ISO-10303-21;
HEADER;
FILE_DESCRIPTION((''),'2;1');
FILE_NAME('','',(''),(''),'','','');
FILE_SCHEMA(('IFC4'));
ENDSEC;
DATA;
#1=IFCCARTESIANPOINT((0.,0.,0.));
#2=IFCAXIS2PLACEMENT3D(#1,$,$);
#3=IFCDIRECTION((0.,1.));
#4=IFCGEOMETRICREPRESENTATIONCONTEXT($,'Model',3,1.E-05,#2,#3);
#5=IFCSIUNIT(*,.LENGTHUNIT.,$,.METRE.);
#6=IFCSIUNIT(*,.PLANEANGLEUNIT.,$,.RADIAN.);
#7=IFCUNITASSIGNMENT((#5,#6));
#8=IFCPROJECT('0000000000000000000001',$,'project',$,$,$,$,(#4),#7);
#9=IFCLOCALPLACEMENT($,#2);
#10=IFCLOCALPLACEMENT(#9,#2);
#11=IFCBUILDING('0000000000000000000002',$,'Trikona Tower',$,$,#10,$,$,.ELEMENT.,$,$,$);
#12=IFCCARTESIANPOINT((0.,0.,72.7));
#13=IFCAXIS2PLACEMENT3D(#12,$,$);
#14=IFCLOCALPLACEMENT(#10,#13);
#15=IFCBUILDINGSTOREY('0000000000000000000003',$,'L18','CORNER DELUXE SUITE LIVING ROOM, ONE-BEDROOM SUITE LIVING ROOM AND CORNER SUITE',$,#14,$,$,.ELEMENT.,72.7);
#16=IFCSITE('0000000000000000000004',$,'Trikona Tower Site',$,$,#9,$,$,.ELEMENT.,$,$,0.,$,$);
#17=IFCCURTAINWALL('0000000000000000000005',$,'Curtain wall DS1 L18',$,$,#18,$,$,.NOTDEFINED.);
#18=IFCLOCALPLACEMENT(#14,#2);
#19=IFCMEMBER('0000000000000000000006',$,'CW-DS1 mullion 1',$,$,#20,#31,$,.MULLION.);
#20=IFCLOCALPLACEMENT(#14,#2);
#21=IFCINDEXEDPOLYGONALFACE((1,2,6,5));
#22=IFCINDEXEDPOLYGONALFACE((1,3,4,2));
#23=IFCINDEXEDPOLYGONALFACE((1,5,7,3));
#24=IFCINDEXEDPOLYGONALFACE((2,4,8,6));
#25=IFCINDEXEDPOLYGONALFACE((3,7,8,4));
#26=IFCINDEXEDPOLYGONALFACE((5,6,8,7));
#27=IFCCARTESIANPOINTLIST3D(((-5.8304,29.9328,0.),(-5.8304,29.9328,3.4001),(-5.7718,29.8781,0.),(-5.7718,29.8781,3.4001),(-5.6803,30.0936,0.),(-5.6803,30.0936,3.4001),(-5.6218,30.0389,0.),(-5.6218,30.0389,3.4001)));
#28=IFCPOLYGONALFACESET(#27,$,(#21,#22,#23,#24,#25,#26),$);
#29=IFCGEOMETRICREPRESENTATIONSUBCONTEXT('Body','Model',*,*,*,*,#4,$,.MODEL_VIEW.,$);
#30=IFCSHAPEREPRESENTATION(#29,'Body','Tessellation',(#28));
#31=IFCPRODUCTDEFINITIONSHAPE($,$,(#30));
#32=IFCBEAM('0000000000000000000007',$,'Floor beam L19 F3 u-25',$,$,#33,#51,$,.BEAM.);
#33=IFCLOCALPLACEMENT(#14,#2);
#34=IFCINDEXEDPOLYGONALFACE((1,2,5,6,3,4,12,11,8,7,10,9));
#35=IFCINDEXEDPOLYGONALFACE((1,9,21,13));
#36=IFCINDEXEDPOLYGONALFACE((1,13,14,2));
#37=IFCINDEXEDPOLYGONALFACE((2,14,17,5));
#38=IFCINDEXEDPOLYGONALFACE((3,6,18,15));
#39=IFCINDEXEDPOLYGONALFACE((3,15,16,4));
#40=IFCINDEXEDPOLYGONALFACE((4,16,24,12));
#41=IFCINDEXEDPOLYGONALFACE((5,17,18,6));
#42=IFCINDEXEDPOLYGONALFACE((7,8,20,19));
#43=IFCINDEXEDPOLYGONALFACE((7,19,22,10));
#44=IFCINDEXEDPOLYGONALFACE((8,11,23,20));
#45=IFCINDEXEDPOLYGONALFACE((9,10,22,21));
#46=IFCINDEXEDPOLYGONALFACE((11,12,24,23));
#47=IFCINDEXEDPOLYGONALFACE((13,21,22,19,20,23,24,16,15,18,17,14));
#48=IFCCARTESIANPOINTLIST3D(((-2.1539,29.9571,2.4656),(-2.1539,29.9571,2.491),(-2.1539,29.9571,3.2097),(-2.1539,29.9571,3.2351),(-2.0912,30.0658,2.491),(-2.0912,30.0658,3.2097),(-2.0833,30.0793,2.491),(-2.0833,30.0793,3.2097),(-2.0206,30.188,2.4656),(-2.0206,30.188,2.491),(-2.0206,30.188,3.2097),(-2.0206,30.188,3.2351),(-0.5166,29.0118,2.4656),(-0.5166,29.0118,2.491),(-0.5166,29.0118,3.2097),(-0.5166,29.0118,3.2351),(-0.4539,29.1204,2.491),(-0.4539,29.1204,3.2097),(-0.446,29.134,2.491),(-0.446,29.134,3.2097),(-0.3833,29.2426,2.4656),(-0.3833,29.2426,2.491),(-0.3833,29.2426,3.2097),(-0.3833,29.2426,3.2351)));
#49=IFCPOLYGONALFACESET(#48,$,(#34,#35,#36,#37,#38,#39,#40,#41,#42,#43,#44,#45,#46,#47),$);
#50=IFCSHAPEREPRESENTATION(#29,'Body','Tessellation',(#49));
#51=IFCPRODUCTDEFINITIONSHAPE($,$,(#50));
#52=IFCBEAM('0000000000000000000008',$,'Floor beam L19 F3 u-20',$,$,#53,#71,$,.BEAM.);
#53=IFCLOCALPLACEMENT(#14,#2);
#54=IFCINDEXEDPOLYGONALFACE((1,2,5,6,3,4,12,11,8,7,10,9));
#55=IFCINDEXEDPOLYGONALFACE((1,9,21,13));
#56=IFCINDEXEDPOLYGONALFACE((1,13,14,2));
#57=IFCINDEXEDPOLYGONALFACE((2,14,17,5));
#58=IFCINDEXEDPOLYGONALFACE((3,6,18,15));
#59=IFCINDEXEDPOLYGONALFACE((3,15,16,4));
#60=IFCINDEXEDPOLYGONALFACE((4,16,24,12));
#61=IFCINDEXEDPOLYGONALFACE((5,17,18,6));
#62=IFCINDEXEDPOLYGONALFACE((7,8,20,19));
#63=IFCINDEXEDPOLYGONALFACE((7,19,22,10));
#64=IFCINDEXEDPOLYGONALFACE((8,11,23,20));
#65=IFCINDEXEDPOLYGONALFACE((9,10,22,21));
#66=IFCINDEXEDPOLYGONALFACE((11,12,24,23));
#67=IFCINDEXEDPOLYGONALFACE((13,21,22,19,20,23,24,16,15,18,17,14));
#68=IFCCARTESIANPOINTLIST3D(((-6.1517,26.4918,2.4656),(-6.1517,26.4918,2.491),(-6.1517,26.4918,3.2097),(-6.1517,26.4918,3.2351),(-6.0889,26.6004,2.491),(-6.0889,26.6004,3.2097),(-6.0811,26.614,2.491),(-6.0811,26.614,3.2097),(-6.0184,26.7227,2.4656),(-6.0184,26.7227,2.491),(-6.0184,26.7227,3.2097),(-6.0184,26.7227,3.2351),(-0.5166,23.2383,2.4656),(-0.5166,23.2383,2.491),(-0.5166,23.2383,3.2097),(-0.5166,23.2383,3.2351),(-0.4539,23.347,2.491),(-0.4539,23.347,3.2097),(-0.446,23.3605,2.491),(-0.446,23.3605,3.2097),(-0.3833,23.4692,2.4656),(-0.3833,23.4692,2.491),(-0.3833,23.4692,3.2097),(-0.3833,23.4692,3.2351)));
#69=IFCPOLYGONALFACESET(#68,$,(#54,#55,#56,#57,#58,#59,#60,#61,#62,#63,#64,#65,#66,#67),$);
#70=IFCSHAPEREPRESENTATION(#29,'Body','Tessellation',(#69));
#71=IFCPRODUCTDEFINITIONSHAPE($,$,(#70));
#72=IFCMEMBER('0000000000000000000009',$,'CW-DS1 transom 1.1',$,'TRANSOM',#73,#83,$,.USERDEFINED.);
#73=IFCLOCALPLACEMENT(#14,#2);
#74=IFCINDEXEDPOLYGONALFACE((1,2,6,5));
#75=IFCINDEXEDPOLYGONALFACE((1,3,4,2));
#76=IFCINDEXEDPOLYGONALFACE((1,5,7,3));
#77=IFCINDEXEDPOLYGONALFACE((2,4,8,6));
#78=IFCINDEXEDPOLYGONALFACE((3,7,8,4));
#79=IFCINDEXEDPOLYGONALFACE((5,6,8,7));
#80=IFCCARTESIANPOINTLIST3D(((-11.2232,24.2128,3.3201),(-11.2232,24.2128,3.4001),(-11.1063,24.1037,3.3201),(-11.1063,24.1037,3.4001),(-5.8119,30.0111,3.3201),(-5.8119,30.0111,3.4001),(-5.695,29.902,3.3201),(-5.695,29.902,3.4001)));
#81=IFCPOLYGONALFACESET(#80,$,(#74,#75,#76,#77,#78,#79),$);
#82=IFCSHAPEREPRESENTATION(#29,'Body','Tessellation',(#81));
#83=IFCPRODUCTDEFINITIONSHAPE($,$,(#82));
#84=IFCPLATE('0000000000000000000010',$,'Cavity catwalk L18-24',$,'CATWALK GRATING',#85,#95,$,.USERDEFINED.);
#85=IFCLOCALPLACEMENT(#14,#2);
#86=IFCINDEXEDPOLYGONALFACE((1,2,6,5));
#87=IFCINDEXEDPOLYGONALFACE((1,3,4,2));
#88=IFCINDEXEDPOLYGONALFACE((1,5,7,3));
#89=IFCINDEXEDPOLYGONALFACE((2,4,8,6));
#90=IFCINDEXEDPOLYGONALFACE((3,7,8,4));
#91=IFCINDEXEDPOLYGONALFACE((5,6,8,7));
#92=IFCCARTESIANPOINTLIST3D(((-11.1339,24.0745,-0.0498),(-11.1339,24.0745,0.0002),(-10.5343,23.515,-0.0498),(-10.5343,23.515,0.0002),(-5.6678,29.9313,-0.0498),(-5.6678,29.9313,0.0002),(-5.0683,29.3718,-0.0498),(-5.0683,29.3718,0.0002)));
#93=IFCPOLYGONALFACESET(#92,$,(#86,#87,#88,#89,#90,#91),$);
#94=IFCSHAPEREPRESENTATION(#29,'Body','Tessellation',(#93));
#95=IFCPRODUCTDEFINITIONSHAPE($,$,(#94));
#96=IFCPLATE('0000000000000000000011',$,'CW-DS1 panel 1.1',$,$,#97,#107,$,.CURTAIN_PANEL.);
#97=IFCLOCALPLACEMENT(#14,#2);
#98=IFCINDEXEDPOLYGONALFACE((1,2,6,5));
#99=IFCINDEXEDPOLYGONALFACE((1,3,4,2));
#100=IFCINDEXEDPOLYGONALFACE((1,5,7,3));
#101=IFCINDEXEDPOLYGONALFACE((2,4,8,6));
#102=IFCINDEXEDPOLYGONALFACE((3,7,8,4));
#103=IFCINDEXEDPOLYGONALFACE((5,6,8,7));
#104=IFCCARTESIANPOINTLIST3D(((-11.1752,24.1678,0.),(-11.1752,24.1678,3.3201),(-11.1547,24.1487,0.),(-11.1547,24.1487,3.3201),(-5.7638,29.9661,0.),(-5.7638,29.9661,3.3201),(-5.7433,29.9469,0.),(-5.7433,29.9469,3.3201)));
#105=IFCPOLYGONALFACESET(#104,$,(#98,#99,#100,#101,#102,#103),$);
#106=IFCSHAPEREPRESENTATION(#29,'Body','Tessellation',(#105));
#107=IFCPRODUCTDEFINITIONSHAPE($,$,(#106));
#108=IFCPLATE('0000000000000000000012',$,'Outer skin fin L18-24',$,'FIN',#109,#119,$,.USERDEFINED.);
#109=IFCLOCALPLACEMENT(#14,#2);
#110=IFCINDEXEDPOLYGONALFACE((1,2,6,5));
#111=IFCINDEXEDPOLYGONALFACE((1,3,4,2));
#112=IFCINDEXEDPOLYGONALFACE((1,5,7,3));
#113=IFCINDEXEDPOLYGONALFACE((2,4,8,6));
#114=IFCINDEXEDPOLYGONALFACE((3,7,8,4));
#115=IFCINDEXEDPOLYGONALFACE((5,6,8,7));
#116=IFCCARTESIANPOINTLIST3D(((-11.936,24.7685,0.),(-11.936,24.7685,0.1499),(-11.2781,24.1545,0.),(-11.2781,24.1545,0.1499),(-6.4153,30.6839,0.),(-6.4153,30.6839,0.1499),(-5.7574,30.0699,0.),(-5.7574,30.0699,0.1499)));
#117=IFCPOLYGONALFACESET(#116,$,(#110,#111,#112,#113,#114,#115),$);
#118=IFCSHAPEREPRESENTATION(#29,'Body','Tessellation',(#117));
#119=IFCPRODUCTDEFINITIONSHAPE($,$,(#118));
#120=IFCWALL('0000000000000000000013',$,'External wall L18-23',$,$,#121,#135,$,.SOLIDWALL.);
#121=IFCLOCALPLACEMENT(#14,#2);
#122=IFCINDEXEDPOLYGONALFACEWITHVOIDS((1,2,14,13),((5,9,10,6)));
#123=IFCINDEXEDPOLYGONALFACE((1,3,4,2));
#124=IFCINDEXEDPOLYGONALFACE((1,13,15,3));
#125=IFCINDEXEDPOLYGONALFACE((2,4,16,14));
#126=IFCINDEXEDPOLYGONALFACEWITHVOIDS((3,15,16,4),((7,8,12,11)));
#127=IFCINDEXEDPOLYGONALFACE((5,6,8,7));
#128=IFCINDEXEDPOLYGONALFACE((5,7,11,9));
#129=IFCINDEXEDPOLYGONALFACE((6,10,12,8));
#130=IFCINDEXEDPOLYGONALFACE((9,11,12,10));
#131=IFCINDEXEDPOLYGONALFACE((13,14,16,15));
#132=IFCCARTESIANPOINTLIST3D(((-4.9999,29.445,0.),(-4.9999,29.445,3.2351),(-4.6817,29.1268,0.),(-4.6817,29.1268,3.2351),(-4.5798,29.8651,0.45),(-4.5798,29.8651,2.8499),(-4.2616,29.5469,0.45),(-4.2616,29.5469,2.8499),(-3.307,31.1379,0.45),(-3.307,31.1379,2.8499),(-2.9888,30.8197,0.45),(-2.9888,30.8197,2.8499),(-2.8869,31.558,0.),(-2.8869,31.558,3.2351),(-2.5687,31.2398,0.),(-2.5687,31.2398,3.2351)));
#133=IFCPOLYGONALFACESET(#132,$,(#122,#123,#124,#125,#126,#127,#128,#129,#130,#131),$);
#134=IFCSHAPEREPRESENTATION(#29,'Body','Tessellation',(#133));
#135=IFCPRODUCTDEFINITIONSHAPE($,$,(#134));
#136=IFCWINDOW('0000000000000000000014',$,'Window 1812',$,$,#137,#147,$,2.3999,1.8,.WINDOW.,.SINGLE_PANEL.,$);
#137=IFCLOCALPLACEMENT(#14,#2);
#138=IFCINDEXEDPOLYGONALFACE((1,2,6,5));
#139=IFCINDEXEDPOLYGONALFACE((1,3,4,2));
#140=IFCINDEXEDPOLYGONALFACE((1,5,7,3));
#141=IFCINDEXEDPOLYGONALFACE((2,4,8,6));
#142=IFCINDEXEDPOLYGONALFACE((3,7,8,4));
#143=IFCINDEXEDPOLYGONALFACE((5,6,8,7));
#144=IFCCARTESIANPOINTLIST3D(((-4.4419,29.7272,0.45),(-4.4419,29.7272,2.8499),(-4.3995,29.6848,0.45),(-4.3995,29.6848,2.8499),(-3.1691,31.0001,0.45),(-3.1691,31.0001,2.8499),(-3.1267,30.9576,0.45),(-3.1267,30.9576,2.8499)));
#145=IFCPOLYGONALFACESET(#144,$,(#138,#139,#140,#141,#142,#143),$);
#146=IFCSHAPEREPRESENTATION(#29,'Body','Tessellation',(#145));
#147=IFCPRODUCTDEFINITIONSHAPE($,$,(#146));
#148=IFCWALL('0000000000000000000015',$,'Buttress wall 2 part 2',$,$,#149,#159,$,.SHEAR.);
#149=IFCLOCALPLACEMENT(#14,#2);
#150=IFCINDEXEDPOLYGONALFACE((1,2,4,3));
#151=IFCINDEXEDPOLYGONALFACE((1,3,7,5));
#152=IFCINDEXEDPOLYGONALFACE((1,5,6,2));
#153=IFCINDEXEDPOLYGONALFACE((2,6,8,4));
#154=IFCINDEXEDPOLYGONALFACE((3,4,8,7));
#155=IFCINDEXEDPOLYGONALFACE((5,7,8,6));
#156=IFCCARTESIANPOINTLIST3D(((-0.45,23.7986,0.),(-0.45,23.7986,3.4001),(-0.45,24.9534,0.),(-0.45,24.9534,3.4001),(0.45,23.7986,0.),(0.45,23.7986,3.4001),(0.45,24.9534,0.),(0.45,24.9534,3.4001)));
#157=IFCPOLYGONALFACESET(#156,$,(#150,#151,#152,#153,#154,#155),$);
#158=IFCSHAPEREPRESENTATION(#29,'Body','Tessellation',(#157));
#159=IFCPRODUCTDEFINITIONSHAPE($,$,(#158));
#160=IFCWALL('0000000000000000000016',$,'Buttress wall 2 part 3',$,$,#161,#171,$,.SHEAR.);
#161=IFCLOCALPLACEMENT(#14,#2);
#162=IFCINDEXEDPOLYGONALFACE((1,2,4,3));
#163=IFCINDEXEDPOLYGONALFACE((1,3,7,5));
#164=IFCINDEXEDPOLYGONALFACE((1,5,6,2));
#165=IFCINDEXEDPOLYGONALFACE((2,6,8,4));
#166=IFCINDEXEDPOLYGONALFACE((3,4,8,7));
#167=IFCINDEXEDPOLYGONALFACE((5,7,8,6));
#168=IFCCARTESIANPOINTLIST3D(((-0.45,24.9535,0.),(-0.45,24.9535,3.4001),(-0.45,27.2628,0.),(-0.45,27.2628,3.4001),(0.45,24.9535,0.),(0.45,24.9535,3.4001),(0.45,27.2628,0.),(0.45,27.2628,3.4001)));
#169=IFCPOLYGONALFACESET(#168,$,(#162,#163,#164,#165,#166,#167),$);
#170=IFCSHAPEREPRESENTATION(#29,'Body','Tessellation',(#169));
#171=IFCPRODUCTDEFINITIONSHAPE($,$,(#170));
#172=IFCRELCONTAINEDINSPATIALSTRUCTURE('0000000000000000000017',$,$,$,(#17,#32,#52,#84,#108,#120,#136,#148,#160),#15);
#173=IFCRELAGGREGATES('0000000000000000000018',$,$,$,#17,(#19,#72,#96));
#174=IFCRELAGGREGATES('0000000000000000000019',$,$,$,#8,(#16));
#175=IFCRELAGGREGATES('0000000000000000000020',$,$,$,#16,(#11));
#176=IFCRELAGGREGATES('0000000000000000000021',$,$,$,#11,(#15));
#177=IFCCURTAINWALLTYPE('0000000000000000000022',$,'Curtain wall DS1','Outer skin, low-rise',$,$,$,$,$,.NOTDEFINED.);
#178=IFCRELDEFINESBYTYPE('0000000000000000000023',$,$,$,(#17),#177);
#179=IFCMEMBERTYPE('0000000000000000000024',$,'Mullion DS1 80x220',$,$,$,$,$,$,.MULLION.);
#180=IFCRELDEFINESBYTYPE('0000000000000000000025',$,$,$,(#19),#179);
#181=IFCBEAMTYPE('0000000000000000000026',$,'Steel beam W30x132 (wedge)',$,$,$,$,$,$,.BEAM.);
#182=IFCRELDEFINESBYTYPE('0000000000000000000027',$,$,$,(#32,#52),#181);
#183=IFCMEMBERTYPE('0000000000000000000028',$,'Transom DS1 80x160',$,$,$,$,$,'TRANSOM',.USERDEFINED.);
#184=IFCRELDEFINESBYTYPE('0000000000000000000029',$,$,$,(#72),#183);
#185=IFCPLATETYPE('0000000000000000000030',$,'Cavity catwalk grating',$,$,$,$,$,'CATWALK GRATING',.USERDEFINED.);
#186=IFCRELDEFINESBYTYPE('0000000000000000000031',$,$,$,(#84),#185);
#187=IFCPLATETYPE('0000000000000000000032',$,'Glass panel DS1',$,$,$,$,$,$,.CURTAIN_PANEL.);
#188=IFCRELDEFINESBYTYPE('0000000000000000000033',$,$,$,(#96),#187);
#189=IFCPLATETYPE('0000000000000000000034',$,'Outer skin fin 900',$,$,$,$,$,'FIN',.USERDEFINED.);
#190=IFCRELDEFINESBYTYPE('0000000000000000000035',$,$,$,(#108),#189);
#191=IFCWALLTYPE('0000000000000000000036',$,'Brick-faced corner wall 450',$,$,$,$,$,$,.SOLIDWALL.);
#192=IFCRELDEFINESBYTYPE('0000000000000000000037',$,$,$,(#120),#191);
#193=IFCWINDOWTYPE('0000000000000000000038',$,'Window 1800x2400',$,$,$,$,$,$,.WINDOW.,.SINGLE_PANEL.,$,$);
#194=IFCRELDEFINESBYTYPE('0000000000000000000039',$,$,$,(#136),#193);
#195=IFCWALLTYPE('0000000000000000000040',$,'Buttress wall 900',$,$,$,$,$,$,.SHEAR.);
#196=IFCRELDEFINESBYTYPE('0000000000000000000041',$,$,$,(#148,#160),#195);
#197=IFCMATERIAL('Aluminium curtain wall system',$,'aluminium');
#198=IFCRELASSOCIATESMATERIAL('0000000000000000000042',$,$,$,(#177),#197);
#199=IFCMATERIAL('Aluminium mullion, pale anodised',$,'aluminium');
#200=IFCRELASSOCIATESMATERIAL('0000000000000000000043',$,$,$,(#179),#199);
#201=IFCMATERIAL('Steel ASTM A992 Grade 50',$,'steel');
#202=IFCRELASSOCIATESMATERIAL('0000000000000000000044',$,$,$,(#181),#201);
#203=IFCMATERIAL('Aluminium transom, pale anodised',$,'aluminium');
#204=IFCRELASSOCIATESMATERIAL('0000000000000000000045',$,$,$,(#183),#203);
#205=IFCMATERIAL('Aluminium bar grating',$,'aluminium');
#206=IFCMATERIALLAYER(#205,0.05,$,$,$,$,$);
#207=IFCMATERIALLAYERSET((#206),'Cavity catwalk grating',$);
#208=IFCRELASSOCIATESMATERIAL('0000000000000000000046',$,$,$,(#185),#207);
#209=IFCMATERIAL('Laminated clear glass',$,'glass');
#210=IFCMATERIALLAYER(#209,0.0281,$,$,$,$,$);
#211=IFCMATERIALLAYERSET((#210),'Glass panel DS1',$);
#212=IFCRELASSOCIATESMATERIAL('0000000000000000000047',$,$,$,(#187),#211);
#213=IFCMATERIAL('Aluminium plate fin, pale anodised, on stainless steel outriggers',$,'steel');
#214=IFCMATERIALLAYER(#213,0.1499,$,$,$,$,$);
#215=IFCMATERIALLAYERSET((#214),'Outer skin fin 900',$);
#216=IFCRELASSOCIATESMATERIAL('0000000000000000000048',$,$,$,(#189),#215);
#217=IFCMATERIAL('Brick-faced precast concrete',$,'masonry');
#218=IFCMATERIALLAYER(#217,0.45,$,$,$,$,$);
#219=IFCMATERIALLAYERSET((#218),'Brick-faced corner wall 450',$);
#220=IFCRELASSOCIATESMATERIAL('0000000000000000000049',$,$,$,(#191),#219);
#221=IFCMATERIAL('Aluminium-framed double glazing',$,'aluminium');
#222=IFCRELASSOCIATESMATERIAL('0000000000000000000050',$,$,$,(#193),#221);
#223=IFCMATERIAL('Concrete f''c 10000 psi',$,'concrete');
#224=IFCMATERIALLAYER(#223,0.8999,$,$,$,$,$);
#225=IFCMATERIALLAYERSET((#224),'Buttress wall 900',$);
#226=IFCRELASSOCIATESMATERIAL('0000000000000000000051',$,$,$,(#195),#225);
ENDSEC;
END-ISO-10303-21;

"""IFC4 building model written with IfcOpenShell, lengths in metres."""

from ifc_helpers import new_model, si_unit, direction, frame, frame_2d, origin, origin_2d, place, context, subcontext, project, spatial, rectangle, i_section, extrude, material, layer, layer_set, material_profile, profile_set, type_object, element, fill, aggregate, save


model = new_model("IFC4")

# Units and contexts
model_context = context("Model", 3, precision=1e-05, world=origin(), true_north=direction((0.0, 1.0)))
body_context = subcontext(model_context, "Body", "Model", "MODEL_VIEW")
ifc_project = project(units=[si_unit("LENGTHUNIT", "METRE"), si_unit("PLANEANGLEUNIT", "RADIAN")], contexts=[model_context])

# Site, building, storey
site_placement = place(None, origin())
site = spatial("IfcSite", under=ifc_project, at=site_placement, Name="Trikona Tower Site", CompositionType="ELEMENT", RefElevation=0.0)
building_placement = place(site_placement, origin())
building = spatial("IfcBuilding", under=site, at=building_placement, Name="Trikona Tower", CompositionType="ELEMENT")
storey_placement = place(building_placement, frame((0.0, 0.0, 72.7)))
storey = spatial("IfcBuildingStorey", under=building, at=storey_placement, Name="L18", Description="CORNER DELUXE SUITE LIVING ROOM, ONE-BEDROOM SUITE LIVING ROOM AND CORNER SUITE", CompositionType="ELEMENT", Elevation=72.7)

# Curtain wall, member
ifc_material_1 = material(Name="Aluminium curtain wall system", Category="aluminium")
curtain_wall_type = type_object("IfcCurtainWallType", Name="Curtain wall DS1", Description="Outer skin, low-rise", PredefinedType="NOTDEFINED", material=ifc_material_1)
curtain_wall_placement = place(storey_placement, origin())
curtain_wall = element("IfcCurtainWall", 1, at=curtain_wall_placement, inside=storey, type_object=curtain_wall_type, Name="Curtain wall DS1 L18", PredefinedType="NOTDEFINED")
ifc_material_2 = material(Name="Aluminium mullion, pale anodised", Category="aluminium")
ifc_material_profile_1 = material_profile(ifc_material_2, rectangle(XDim=0.0801, YDim=0.22, at=origin_2d()), Name="MUL-DS1")
ifc_profile_set_1 = profile_set([ifc_material_profile_1], Name="Aluminium mullion, pale anodised")
member_type_1 = type_object("IfcMemberType", Name="Mullion DS1 80x220", PredefinedType="MULLION", material=ifc_profile_set_1)
member_1_placement = place(storey_placement, frame((-5.7261, 29.9858, 0.0), z_axis=(0.0, 0.0, 1.0), x_axis=(0.731077, -0.682295, 0.0)))
member_1 = element("IfcMember", 2, at=member_1_placement, type_object=member_type_1, Name="CW-DS1 mullion 1", PredefinedType="MULLION", context=body_context, shape_type="SweptSolid", body=[
    extrude(rectangle(XDim=0.0801, YDim=0.22, at=origin_2d()), origin(), (0.0, 0.0, 1.0), 3.4001),
])

# Beams
ifc_material_3 = material(Name="Steel ASTM A992 Grade 50", Category="steel")
ifc_material_profile_2 = material_profile(ifc_material_3, i_section(OverallWidth=0.2666, OverallDepth=0.7695, WebThickness=0.0156, FlangeThickness=0.0254, at=origin_2d()), Name="W30X132")
ifc_profile_set_2 = profile_set([ifc_material_profile_2], Name="Steel ASTM A992 Grade 50")
beam_type = type_object("IfcBeamType", Name="Steel beam W30x132 (wedge)", PredefinedType="BEAM", material=ifc_profile_set_2)
beam_1_placement = place(storey_placement, frame((-0.45, 29.1272, 2.8503), z_axis=(-0.866009, 0.500028, 0.0), x_axis=(-0.500028, -0.866009, 0.0)))
element("IfcBeam", 3, at=beam_1_placement, inside=storey, type_object=beam_type, Name="Floor beam L19 F3 u-25", PredefinedType="BEAM", context=body_context, shape_type="SweptSolid", body=[
    extrude(i_section(OverallWidth=0.2666, OverallDepth=0.7695, WebThickness=0.0156, FlangeThickness=0.0254, at=origin_2d()), origin(), (0.0, 0.0, 1.0), 1.8906),
])
beam_2_placement = place(storey_placement, frame((-0.45, 23.3538, 2.8503), z_axis=(-0.866023, 0.500005, 0.0), x_axis=(-0.500005, -0.866023, 0.0)))
element("IfcBeam", 4, at=beam_2_placement, inside=storey, type_object=beam_type, Name="Floor beam L19 F3 u-20", PredefinedType="BEAM", context=body_context, shape_type="SweptSolid", body=[
    extrude(i_section(OverallWidth=0.2666, OverallDepth=0.7695, WebThickness=0.0156, FlangeThickness=0.0254, at=origin_2d()), origin(), (0.0, 0.0, 1.0), 6.5068),
])

# Member
ifc_material_4 = material(Name="Aluminium transom, pale anodised", Category="aluminium")
ifc_material_profile_3 = material_profile(ifc_material_4, rectangle(XDim=0.1599, YDim=0.0801, at=origin_2d()), Name="TRN-DS1")
ifc_profile_set_3 = profile_set([ifc_material_profile_3], Name="Aluminium transom, pale anodised")
member_type_2 = type_object("IfcMemberType", Name="Transom DS1 80x160", ElementType="TRANSOM", PredefinedType="USERDEFINED", material=ifc_profile_set_3)
member_2_placement = place(storey_placement, frame((-5.7534, 29.9565, 3.3601), z_axis=(-0.682291, -0.731081, 0.0), x_axis=(0.731081, -0.682291, 0.0)))
member_2 = element("IfcMember", 5, at=member_2_placement, type_object=member_type_2, Name="CW-DS1 transom 1.1", ObjectType="TRANSOM", PredefinedType="USERDEFINED", context=body_context, shape_type="SweptSolid", body=[
    extrude(rectangle(XDim=0.1599, YDim=0.0801, at=origin_2d()), origin(), (0.0, 0.0, 1.0), 7.9312),
])

# Plates
ifc_material_5 = material(Name="Aluminium bar grating", Category="aluminium")
ifc_layer_1 = layer(ifc_material_5, 0.05)
ifc_layer_set_1 = layer_set([ifc_layer_1], Name="Cavity catwalk grating")
plate_type_1 = type_object("IfcPlateType", Name="Cavity catwalk grating", ElementType="CATWALK GRATING", PredefinedType="USERDEFINED", material=ifc_layer_set_1)
plate_1_placement = place(storey_placement, frame((-8.1011, 26.7231, -0.0498), z_axis=(0.0, 0.0, 1.0), x_axis=(-0.682298, -0.731074, 0.0)))
element("IfcPlate", 6, at=plate_1_placement, inside=storey, type_object=plate_type_1, Name="Cavity catwalk L18-24", ObjectType="CATWALK GRATING", PredefinedType="USERDEFINED", context=body_context, shape_type="SweptSolid", body=[
    extrude(rectangle(XDim=8.0112, YDim=0.8201, at=origin_2d()), origin(), (0.0, 0.0, 1.0), 0.05),
])
ifc_material_6 = material(Name="Laminated clear glass", Category="glass")
ifc_layer_2 = layer(ifc_material_6, 0.0281)
ifc_layer_set_2 = layer_set([ifc_layer_2], Name="Glass panel DS1")
plate_type_2 = type_object("IfcPlateType", Name="Glass panel DS1", PredefinedType="CURTAIN_PANEL", material=ifc_layer_set_2)
plate_2_placement = place(storey_placement, frame((-8.4592, 27.0574, 0.0), z_axis=(0.0, 0.0, 1.0), x_axis=(-0.682295, -0.731077, 0.0)))
plate_2 = element("IfcPlate", 7, at=plate_2_placement, type_object=plate_type_2, Name="CW-DS1 panel 1.1", PredefinedType="CURTAIN_PANEL", context=body_context, shape_type="SweptSolid", body=[
    extrude(rectangle(XDim=7.9312, YDim=0.0281, at=origin_2d()), origin(), (0.0, 0.0, 1.0), 3.3201),
])
aggregate(curtain_wall, [member_1, member_2, plate_2])
ifc_material_7 = material(Name="Aluminium plate fin, pale anodised, on stainless steel outriggers", Category="steel")
ifc_layer_3 = layer(ifc_material_7, 0.1499)
ifc_layer_set_3 = layer_set([ifc_layer_3], Name="Outer skin fin 900")
plate_type_3 = type_object("IfcPlateType", Name="Outer skin fin 900", ElementType="FIN", PredefinedType="USERDEFINED", material=ifc_layer_set_3)
plate_3_placement = place(storey_placement, frame((-8.8467, 27.4192, 0.0), z_axis=(0.0, 0.0, 1.0), x_axis=(-0.682298, -0.731074, 0.0)))
element("IfcPlate", 8, at=plate_3_placement, inside=storey, type_object=plate_type_3, Name="Outer skin fin L18-24", ObjectType="FIN", PredefinedType="USERDEFINED", context=body_context, shape_type="SweptSolid", body=[
    extrude(rectangle(XDim=8.0913, YDim=0.8999, at=origin_2d()), origin(), (0.0, 0.0, 1.0), 0.1499),
])

# Wall, opening, window
ifc_material_8 = material(Name="Brick-faced precast concrete", Category="masonry")
ifc_layer_4 = layer(ifc_material_8, 0.45)
ifc_layer_set_4 = layer_set([ifc_layer_4], Name="Brick-faced corner wall 450")
wall_type_1 = type_object("IfcWallType", Name="Brick-faced corner wall 450", PredefinedType="SOLIDWALL", material=ifc_layer_set_4)
wall_1_placement = place(storey_placement, frame((-2.7278, 31.3989, 0.0), z_axis=(0.0, 0.0, 1.0), x_axis=(-0.707107, -0.707107, 0.0)))
wall_1 = element("IfcWall", 9, at=wall_1_placement, inside=storey, type_object=wall_type_1, Name="External wall L18-23", PredefinedType="SOLIDWALL", context=body_context, shape_type="SweptSolid", body=[
    extrude(rectangle(XDim=2.9883, YDim=0.45, at=frame_2d((1.4941, 0.0))), origin(), (0.0, 0.0, 1.0), 3.2351),
])
opening_1_placement = place(wall_1_placement, frame((0.5942, 0.0, 0.45)))
opening_1 = element("IfcOpeningElement", 10, at=opening_1_placement, cuts=wall_1, PredefinedType="OPENING", context=body_context, shape_type="SweptSolid", body=[
    extrude(rectangle(XDim=1.8, YDim=2.3999, at=frame_2d((0.8999, 1.2))), frame((0.0, 0.2349, 0.0), z_axis=(0.0, -1.0, 0.0), x_axis=(1.0, 0.0, 0.0)), (0.0, 0.0, 1.0), 0.47),
])
ifc_material_9 = material(Name="Aluminium-framed double glazing", Category="aluminium")
window_type_1 = type_object("IfcWindowType", Name="Window 1800x2400", PartitioningType="SINGLE_PANEL", PredefinedType="WINDOW", material=ifc_material_9)
window_1_placement = place(opening_1_placement, origin())
window_1 = element("IfcWindow", 11, at=window_1_placement, inside=storey, type_object=window_type_1, Name="Window 1812", OverallHeight=2.3999, OverallWidth=1.8, PartitioningType="SINGLE_PANEL", PredefinedType="WINDOW", context=body_context, shape_type="SweptSolid", body=[
    extrude(rectangle(XDim=1.8, YDim=2.3999, at=frame_2d((0.8999, 1.2))), frame((0.0, 0.03, 0.0), z_axis=(0.0, -1.0, 0.0), x_axis=(1.0, 0.0, 0.0)), (0.0, 0.0, 1.0), 0.0601),
])
fill(opening_1, window_1)

# Walls
ifc_material_10 = material(Name="Concrete f'c 10000 psi", Category="concrete")
ifc_layer_5 = layer(ifc_material_10, 0.8999)
ifc_layer_set_5 = layer_set([ifc_layer_5], Name="Buttress wall 900")
wall_type_2 = type_object("IfcWallType", Name="Buttress wall 900", PredefinedType="SHEAR", material=ifc_layer_set_5)
wall_2_placement = place(storey_placement, frame((0.0, 23.7986, 0.0), z_axis=(0.0, 0.0, 1.0), x_axis=(0.0, 1.0, 0.0)))
element("IfcWall", 12, at=wall_2_placement, inside=storey, type_object=wall_type_2, Name="Buttress wall 2 part 2", PredefinedType="SHEAR", context=body_context, shape_type="SweptSolid", body=[
    extrude(rectangle(XDim=1.1548, YDim=0.8999, at=frame_2d((0.5774, 0.0))), origin(), (0.0, 0.0, 1.0), 3.4001),
])
wall_3_placement = place(storey_placement, frame((0.0, 24.9534, 0.0), z_axis=(0.0, 0.0, 1.0), x_axis=(0.0, 1.0, 0.0)))
element("IfcWall", 13, at=wall_3_placement, inside=storey, type_object=wall_type_2, Name="Buttress wall 2 part 3", PredefinedType="SHEAR", context=body_context, shape_type="SweptSolid", body=[
    extrude(rectangle(XDim=2.3093, YDim=0.8999, at=frame_2d((1.1548, 0.0))), origin(), (0.0, 0.0, 1.0), 3.4001),
])

save(model, "model.ifc")
